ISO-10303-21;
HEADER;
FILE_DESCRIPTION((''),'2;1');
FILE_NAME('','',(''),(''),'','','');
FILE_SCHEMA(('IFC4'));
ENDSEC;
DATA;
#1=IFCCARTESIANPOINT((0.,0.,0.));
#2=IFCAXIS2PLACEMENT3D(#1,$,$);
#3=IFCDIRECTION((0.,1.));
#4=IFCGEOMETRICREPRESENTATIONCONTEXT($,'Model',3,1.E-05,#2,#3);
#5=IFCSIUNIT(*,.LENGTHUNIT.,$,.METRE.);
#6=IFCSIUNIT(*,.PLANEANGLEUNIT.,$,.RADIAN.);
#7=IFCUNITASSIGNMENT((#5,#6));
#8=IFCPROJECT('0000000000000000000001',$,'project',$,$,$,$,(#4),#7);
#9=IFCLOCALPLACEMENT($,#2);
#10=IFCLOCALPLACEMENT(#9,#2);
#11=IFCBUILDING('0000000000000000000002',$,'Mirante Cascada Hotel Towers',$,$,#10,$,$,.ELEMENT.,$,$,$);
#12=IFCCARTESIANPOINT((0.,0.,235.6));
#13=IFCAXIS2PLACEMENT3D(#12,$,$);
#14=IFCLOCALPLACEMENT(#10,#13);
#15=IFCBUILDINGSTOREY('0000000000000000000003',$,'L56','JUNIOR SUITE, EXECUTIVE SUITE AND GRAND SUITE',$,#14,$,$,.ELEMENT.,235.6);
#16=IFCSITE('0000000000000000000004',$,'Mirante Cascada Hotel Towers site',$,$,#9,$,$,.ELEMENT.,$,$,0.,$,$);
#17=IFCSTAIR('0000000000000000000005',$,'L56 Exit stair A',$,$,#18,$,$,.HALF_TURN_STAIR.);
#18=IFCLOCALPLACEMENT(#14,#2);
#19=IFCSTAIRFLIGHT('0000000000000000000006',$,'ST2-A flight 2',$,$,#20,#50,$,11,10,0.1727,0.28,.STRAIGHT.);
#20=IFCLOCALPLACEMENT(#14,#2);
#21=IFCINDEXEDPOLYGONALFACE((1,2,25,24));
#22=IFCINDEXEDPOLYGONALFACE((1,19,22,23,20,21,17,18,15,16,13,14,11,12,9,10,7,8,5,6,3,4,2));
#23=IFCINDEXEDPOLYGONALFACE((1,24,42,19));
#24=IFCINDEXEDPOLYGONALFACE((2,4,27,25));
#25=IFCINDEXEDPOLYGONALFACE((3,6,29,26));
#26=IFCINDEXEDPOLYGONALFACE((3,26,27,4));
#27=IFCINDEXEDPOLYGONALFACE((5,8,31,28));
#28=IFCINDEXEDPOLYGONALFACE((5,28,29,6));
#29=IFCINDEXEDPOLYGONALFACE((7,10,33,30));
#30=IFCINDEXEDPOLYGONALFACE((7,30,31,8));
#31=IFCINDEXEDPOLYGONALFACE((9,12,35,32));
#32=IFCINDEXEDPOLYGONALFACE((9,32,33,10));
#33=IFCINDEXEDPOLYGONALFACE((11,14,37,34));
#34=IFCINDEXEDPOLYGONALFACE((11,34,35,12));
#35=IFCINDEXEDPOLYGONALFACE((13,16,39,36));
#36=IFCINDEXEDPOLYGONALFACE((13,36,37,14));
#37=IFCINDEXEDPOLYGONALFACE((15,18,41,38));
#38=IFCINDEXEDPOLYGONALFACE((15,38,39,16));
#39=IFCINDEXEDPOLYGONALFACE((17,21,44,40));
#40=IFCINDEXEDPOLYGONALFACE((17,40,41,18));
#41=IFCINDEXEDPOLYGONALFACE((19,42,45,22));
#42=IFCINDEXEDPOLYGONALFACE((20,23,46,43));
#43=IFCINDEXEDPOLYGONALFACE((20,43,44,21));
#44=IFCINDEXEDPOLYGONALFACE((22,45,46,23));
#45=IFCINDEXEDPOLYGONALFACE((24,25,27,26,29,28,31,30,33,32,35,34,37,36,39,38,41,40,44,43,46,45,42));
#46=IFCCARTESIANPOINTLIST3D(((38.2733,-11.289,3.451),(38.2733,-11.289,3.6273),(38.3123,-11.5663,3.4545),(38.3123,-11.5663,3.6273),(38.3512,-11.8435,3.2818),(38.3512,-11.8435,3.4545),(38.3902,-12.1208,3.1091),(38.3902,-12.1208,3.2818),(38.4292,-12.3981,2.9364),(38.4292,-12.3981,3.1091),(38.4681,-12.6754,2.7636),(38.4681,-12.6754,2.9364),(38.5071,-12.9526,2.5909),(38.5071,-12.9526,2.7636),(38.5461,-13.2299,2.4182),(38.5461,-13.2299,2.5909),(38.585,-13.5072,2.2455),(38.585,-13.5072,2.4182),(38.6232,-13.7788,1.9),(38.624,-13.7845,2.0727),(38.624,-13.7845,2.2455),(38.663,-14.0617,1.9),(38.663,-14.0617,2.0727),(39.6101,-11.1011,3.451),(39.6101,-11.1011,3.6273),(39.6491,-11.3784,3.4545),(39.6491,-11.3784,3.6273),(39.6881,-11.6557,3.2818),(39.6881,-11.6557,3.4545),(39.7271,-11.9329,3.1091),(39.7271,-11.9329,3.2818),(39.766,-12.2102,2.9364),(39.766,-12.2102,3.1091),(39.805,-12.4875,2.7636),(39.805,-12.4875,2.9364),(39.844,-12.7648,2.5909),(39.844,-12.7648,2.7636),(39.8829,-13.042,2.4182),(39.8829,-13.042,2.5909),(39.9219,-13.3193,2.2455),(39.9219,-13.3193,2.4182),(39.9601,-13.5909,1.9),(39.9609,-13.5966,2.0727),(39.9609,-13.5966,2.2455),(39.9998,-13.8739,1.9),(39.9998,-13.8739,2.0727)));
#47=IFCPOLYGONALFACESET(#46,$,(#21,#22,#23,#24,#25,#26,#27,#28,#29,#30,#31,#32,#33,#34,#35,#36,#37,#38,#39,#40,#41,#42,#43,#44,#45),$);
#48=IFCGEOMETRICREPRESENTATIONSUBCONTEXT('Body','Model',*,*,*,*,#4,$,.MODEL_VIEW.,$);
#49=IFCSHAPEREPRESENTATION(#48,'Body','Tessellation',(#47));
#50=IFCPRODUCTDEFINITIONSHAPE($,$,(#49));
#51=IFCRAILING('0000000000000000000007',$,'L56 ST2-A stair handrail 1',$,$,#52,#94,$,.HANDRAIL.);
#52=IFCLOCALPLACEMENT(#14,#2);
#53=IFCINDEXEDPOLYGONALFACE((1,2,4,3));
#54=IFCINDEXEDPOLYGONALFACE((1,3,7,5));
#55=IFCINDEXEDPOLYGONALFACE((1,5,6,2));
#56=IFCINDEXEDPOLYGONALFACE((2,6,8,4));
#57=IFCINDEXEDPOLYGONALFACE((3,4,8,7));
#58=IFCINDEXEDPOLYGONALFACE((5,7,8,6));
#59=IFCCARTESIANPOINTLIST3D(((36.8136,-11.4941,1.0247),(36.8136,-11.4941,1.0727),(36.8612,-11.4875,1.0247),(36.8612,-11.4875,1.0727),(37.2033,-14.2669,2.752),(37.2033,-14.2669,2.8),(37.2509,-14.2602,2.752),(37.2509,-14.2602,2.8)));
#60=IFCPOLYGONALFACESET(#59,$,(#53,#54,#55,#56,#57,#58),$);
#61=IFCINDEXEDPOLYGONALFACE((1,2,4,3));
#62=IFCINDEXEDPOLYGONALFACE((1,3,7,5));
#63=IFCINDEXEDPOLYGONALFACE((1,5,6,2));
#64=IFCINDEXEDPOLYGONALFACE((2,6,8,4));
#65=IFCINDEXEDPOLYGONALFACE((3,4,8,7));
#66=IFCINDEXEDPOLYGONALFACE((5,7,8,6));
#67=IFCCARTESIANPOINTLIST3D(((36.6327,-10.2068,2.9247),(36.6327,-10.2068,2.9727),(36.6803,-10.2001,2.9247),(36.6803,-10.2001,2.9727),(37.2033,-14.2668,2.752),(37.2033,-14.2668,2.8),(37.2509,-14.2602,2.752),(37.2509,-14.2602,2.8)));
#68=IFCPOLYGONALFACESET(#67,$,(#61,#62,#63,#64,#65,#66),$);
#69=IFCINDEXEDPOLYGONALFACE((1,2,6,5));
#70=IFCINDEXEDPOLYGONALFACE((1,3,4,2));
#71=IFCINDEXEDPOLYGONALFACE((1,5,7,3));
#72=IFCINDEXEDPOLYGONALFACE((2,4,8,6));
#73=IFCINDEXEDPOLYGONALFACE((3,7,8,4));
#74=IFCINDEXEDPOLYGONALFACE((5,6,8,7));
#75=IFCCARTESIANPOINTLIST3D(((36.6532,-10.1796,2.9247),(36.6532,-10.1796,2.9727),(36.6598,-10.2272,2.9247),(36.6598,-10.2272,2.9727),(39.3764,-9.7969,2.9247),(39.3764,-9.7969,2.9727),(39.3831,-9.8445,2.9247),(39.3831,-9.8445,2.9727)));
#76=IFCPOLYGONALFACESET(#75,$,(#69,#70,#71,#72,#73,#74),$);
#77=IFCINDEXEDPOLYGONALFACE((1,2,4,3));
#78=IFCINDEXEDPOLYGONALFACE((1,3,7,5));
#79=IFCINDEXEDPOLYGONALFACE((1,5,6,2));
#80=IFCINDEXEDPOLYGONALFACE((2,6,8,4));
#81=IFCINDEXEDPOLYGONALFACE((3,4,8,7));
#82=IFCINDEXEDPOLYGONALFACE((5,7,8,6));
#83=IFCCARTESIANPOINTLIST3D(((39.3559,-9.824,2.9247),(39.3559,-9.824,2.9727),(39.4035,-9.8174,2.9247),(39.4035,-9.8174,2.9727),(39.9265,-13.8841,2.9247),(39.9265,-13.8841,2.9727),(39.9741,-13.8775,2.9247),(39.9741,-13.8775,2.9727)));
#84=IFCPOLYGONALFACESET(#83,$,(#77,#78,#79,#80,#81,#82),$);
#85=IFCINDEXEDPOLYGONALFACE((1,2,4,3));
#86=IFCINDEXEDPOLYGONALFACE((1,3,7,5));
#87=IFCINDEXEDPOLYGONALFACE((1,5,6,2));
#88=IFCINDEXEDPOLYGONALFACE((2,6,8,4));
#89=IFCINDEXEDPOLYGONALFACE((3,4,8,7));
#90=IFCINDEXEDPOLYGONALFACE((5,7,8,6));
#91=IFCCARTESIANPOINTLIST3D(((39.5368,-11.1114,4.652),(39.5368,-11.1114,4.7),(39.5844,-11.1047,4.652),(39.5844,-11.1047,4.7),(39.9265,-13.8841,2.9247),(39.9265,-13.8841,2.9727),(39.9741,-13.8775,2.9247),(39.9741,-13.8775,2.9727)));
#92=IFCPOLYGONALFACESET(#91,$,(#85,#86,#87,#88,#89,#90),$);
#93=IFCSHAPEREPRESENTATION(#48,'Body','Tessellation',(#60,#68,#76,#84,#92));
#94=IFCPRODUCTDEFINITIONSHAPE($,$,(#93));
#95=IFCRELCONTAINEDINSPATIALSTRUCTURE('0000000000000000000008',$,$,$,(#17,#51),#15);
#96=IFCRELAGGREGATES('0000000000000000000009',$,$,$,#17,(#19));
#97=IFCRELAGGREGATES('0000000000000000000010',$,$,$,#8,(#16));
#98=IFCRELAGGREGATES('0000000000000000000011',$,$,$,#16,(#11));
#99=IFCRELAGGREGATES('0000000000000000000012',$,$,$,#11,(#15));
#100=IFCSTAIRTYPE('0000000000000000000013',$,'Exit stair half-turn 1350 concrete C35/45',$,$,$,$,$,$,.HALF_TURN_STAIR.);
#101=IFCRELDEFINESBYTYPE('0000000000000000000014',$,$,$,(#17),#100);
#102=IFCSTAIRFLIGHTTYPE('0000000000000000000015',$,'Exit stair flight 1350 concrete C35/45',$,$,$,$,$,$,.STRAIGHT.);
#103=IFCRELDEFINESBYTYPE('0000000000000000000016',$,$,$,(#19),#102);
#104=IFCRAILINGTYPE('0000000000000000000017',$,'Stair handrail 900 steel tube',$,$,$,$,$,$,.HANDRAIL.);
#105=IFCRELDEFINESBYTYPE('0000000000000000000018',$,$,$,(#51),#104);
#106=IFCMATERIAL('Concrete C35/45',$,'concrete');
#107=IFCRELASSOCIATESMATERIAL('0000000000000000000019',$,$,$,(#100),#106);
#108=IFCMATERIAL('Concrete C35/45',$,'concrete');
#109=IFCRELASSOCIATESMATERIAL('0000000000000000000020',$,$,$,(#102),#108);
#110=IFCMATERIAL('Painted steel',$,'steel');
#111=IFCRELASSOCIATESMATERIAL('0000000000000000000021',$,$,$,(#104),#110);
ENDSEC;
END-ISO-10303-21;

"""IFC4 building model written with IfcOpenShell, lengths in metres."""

from ifc_helpers import new_model, si_unit, direction, frame, origin, origin_2d, place, context, subcontext, project, spatial, polyline, rectangle, outline, extrude, material, type_object, element, aggregate, save


model = new_model("IFC4")

# Units and contexts
model_context = context("Model", 3, precision=1e-05, world=origin(), true_north=direction((0.0, 1.0)))
body_context = subcontext(model_context, "Body", "Model", "MODEL_VIEW")
ifc_project = project(units=[si_unit("LENGTHUNIT", "METRE"), si_unit("PLANEANGLEUNIT", "RADIAN")], contexts=[model_context])

# Site, building, storey
site_placement = place(None, origin())
site = spatial("IfcSite", under=ifc_project, at=site_placement, Name="Mirante Cascada Hotel Towers site", CompositionType="ELEMENT", RefElevation=0.0)
building_placement = place(site_placement, origin())
building = spatial("IfcBuilding", under=site, at=building_placement, Name="Mirante Cascada Hotel Towers", CompositionType="ELEMENT")
storey_placement = place(building_placement, frame((0.0, 0.0, 235.6)))
storey = spatial("IfcBuildingStorey", under=building, at=storey_placement, Name="L56", Description="JUNIOR SUITE, EXECUTIVE SUITE AND GRAND SUITE", CompositionType="ELEMENT", Elevation=235.6)

# Stair, stair flight
ifc_material_1 = material(Name="Concrete C35/45", Category="concrete")
stair_type = type_object("IfcStairType", Name="Exit stair half-turn 1350 concrete C35/45", PredefinedType="HALF_TURN_STAIR", material=ifc_material_1)
stair_placement = place(storey_placement, origin())
stair = element("IfcStair", 1, at=stair_placement, inside=storey, type_object=stair_type, Name="L56 Exit stair A", PredefinedType="HALF_TURN_STAIR")
ifc_material_2 = material(Name="Concrete C35/45", Category="concrete")
stair_flight_type = type_object("IfcStairFlightType", Name="Exit stair flight 1350 concrete C35/45", PredefinedType="STRAIGHT", material=ifc_material_2)
stair_flight_placement = place(storey_placement, frame((39.3314, -13.9678, 1.9), z_axis=(0.0, 0.0, 1.0), x_axis=(-0.139173, 0.990268, 0.0)))
stair_flight = element("IfcStairFlight", 2, at=stair_flight_placement, type_object=stair_flight_type, Name="ST2-A flight 2", NumberOfRisers=11, NumberOfTreads=10, PredefinedType="STRAIGHT", RiserHeight=0.1727, TreadLength=0.28, context=body_context, shape_type="SweptSolid", body=[
    extrude(outline(polyline([(0.0, 0.0), (0.0, 0.1727), (0.28, 0.1727), (0.28, 0.3455), (0.56, 0.3455), (0.56, 0.5182), (0.84, 0.5182), (0.84, 0.6909), (1.12, 0.6909), (1.12, 0.8636), (1.4, 0.8636), (1.4, 1.0364), (1.68, 1.0364), (1.68, 1.2091), (1.96, 1.2091), (1.96, 1.3818), (2.24, 1.3818), (2.24, 1.5545), (2.52, 1.5545), (2.52, 1.7273), (2.8, 1.7273), (2.8, 1.9), (2.8, 1.551), (0.2857, 0.0), (0.0, 0.0)])), frame((0.0, 0.675, 0.0), z_axis=(0.0, -1.0, 0.0), x_axis=(1.0, 0.0, 0.0)), (0.0, 0.0, 1.0), 1.35),
])
aggregate(stair, [stair_flight])

# Railing
ifc_material_3 = material(Name="Painted steel", Category="steel")
railing_type = type_object("IfcRailingType", Name="Stair handrail 900 steel tube", PredefinedType="HANDRAIL", material=ifc_material_3)
railing_placement = place(storey_placement, frame((36.8374, -11.4908, 0.1727)))
element("IfcRailing", 3, at=railing_placement, inside=storey, type_object=railing_type, Name="L56 ST2-A stair handrail 1", PredefinedType="HANDRAIL", context=body_context, shape_type="SweptSolid", body=[
    extrude(rectangle(XDim=0.048, YDim=0.048, at=origin_2d()), frame((0.0, 0.0, 0.876), z_axis=(0.139181, -0.990267, 0.0), x_axis=(0.990267, 0.139181, 0.0)), (0.0, 0.525035, 0.851081), 3.2899),
    extrude(rectangle(XDim=0.048, YDim=0.048, at=origin_2d()), frame((0.3897, -2.7727, 2.6033), z_axis=(-0.139171, 0.990268, 0.0), x_axis=(-0.990268, -0.139171, 0.0)), (0.0, 0.042085, 0.999114), 4.1036),
    extrude(rectangle(XDim=0.048, YDim=0.048, at=origin_2d()), frame((-0.1809, 1.2874, 2.776), z_axis=(0.990269, 0.139166, 0.0), x_axis=(-0.139166, 0.990269, 0.0)), (0.0, 0.0, 1.0), 2.75),
    extrude(rectangle(XDim=0.048, YDim=0.048, at=origin_2d()), frame((2.5423, 1.6701, 2.776), z_axis=(0.139171, -0.990268, 0.0), x_axis=(0.990268, 0.139171, 0.0)), (0.0, 0.0, 1.0), 4.1),
    extrude(rectangle(XDim=0.048, YDim=0.048, at=origin_2d()), frame((3.1129, -2.39, 2.776), z_axis=(-0.139181, 0.990267, 0.0), x_axis=(-0.990267, -0.139181, 0.0)), (0.0, 0.525035, 0.851081), 3.2899),
])

save(model, "model.ifc")
